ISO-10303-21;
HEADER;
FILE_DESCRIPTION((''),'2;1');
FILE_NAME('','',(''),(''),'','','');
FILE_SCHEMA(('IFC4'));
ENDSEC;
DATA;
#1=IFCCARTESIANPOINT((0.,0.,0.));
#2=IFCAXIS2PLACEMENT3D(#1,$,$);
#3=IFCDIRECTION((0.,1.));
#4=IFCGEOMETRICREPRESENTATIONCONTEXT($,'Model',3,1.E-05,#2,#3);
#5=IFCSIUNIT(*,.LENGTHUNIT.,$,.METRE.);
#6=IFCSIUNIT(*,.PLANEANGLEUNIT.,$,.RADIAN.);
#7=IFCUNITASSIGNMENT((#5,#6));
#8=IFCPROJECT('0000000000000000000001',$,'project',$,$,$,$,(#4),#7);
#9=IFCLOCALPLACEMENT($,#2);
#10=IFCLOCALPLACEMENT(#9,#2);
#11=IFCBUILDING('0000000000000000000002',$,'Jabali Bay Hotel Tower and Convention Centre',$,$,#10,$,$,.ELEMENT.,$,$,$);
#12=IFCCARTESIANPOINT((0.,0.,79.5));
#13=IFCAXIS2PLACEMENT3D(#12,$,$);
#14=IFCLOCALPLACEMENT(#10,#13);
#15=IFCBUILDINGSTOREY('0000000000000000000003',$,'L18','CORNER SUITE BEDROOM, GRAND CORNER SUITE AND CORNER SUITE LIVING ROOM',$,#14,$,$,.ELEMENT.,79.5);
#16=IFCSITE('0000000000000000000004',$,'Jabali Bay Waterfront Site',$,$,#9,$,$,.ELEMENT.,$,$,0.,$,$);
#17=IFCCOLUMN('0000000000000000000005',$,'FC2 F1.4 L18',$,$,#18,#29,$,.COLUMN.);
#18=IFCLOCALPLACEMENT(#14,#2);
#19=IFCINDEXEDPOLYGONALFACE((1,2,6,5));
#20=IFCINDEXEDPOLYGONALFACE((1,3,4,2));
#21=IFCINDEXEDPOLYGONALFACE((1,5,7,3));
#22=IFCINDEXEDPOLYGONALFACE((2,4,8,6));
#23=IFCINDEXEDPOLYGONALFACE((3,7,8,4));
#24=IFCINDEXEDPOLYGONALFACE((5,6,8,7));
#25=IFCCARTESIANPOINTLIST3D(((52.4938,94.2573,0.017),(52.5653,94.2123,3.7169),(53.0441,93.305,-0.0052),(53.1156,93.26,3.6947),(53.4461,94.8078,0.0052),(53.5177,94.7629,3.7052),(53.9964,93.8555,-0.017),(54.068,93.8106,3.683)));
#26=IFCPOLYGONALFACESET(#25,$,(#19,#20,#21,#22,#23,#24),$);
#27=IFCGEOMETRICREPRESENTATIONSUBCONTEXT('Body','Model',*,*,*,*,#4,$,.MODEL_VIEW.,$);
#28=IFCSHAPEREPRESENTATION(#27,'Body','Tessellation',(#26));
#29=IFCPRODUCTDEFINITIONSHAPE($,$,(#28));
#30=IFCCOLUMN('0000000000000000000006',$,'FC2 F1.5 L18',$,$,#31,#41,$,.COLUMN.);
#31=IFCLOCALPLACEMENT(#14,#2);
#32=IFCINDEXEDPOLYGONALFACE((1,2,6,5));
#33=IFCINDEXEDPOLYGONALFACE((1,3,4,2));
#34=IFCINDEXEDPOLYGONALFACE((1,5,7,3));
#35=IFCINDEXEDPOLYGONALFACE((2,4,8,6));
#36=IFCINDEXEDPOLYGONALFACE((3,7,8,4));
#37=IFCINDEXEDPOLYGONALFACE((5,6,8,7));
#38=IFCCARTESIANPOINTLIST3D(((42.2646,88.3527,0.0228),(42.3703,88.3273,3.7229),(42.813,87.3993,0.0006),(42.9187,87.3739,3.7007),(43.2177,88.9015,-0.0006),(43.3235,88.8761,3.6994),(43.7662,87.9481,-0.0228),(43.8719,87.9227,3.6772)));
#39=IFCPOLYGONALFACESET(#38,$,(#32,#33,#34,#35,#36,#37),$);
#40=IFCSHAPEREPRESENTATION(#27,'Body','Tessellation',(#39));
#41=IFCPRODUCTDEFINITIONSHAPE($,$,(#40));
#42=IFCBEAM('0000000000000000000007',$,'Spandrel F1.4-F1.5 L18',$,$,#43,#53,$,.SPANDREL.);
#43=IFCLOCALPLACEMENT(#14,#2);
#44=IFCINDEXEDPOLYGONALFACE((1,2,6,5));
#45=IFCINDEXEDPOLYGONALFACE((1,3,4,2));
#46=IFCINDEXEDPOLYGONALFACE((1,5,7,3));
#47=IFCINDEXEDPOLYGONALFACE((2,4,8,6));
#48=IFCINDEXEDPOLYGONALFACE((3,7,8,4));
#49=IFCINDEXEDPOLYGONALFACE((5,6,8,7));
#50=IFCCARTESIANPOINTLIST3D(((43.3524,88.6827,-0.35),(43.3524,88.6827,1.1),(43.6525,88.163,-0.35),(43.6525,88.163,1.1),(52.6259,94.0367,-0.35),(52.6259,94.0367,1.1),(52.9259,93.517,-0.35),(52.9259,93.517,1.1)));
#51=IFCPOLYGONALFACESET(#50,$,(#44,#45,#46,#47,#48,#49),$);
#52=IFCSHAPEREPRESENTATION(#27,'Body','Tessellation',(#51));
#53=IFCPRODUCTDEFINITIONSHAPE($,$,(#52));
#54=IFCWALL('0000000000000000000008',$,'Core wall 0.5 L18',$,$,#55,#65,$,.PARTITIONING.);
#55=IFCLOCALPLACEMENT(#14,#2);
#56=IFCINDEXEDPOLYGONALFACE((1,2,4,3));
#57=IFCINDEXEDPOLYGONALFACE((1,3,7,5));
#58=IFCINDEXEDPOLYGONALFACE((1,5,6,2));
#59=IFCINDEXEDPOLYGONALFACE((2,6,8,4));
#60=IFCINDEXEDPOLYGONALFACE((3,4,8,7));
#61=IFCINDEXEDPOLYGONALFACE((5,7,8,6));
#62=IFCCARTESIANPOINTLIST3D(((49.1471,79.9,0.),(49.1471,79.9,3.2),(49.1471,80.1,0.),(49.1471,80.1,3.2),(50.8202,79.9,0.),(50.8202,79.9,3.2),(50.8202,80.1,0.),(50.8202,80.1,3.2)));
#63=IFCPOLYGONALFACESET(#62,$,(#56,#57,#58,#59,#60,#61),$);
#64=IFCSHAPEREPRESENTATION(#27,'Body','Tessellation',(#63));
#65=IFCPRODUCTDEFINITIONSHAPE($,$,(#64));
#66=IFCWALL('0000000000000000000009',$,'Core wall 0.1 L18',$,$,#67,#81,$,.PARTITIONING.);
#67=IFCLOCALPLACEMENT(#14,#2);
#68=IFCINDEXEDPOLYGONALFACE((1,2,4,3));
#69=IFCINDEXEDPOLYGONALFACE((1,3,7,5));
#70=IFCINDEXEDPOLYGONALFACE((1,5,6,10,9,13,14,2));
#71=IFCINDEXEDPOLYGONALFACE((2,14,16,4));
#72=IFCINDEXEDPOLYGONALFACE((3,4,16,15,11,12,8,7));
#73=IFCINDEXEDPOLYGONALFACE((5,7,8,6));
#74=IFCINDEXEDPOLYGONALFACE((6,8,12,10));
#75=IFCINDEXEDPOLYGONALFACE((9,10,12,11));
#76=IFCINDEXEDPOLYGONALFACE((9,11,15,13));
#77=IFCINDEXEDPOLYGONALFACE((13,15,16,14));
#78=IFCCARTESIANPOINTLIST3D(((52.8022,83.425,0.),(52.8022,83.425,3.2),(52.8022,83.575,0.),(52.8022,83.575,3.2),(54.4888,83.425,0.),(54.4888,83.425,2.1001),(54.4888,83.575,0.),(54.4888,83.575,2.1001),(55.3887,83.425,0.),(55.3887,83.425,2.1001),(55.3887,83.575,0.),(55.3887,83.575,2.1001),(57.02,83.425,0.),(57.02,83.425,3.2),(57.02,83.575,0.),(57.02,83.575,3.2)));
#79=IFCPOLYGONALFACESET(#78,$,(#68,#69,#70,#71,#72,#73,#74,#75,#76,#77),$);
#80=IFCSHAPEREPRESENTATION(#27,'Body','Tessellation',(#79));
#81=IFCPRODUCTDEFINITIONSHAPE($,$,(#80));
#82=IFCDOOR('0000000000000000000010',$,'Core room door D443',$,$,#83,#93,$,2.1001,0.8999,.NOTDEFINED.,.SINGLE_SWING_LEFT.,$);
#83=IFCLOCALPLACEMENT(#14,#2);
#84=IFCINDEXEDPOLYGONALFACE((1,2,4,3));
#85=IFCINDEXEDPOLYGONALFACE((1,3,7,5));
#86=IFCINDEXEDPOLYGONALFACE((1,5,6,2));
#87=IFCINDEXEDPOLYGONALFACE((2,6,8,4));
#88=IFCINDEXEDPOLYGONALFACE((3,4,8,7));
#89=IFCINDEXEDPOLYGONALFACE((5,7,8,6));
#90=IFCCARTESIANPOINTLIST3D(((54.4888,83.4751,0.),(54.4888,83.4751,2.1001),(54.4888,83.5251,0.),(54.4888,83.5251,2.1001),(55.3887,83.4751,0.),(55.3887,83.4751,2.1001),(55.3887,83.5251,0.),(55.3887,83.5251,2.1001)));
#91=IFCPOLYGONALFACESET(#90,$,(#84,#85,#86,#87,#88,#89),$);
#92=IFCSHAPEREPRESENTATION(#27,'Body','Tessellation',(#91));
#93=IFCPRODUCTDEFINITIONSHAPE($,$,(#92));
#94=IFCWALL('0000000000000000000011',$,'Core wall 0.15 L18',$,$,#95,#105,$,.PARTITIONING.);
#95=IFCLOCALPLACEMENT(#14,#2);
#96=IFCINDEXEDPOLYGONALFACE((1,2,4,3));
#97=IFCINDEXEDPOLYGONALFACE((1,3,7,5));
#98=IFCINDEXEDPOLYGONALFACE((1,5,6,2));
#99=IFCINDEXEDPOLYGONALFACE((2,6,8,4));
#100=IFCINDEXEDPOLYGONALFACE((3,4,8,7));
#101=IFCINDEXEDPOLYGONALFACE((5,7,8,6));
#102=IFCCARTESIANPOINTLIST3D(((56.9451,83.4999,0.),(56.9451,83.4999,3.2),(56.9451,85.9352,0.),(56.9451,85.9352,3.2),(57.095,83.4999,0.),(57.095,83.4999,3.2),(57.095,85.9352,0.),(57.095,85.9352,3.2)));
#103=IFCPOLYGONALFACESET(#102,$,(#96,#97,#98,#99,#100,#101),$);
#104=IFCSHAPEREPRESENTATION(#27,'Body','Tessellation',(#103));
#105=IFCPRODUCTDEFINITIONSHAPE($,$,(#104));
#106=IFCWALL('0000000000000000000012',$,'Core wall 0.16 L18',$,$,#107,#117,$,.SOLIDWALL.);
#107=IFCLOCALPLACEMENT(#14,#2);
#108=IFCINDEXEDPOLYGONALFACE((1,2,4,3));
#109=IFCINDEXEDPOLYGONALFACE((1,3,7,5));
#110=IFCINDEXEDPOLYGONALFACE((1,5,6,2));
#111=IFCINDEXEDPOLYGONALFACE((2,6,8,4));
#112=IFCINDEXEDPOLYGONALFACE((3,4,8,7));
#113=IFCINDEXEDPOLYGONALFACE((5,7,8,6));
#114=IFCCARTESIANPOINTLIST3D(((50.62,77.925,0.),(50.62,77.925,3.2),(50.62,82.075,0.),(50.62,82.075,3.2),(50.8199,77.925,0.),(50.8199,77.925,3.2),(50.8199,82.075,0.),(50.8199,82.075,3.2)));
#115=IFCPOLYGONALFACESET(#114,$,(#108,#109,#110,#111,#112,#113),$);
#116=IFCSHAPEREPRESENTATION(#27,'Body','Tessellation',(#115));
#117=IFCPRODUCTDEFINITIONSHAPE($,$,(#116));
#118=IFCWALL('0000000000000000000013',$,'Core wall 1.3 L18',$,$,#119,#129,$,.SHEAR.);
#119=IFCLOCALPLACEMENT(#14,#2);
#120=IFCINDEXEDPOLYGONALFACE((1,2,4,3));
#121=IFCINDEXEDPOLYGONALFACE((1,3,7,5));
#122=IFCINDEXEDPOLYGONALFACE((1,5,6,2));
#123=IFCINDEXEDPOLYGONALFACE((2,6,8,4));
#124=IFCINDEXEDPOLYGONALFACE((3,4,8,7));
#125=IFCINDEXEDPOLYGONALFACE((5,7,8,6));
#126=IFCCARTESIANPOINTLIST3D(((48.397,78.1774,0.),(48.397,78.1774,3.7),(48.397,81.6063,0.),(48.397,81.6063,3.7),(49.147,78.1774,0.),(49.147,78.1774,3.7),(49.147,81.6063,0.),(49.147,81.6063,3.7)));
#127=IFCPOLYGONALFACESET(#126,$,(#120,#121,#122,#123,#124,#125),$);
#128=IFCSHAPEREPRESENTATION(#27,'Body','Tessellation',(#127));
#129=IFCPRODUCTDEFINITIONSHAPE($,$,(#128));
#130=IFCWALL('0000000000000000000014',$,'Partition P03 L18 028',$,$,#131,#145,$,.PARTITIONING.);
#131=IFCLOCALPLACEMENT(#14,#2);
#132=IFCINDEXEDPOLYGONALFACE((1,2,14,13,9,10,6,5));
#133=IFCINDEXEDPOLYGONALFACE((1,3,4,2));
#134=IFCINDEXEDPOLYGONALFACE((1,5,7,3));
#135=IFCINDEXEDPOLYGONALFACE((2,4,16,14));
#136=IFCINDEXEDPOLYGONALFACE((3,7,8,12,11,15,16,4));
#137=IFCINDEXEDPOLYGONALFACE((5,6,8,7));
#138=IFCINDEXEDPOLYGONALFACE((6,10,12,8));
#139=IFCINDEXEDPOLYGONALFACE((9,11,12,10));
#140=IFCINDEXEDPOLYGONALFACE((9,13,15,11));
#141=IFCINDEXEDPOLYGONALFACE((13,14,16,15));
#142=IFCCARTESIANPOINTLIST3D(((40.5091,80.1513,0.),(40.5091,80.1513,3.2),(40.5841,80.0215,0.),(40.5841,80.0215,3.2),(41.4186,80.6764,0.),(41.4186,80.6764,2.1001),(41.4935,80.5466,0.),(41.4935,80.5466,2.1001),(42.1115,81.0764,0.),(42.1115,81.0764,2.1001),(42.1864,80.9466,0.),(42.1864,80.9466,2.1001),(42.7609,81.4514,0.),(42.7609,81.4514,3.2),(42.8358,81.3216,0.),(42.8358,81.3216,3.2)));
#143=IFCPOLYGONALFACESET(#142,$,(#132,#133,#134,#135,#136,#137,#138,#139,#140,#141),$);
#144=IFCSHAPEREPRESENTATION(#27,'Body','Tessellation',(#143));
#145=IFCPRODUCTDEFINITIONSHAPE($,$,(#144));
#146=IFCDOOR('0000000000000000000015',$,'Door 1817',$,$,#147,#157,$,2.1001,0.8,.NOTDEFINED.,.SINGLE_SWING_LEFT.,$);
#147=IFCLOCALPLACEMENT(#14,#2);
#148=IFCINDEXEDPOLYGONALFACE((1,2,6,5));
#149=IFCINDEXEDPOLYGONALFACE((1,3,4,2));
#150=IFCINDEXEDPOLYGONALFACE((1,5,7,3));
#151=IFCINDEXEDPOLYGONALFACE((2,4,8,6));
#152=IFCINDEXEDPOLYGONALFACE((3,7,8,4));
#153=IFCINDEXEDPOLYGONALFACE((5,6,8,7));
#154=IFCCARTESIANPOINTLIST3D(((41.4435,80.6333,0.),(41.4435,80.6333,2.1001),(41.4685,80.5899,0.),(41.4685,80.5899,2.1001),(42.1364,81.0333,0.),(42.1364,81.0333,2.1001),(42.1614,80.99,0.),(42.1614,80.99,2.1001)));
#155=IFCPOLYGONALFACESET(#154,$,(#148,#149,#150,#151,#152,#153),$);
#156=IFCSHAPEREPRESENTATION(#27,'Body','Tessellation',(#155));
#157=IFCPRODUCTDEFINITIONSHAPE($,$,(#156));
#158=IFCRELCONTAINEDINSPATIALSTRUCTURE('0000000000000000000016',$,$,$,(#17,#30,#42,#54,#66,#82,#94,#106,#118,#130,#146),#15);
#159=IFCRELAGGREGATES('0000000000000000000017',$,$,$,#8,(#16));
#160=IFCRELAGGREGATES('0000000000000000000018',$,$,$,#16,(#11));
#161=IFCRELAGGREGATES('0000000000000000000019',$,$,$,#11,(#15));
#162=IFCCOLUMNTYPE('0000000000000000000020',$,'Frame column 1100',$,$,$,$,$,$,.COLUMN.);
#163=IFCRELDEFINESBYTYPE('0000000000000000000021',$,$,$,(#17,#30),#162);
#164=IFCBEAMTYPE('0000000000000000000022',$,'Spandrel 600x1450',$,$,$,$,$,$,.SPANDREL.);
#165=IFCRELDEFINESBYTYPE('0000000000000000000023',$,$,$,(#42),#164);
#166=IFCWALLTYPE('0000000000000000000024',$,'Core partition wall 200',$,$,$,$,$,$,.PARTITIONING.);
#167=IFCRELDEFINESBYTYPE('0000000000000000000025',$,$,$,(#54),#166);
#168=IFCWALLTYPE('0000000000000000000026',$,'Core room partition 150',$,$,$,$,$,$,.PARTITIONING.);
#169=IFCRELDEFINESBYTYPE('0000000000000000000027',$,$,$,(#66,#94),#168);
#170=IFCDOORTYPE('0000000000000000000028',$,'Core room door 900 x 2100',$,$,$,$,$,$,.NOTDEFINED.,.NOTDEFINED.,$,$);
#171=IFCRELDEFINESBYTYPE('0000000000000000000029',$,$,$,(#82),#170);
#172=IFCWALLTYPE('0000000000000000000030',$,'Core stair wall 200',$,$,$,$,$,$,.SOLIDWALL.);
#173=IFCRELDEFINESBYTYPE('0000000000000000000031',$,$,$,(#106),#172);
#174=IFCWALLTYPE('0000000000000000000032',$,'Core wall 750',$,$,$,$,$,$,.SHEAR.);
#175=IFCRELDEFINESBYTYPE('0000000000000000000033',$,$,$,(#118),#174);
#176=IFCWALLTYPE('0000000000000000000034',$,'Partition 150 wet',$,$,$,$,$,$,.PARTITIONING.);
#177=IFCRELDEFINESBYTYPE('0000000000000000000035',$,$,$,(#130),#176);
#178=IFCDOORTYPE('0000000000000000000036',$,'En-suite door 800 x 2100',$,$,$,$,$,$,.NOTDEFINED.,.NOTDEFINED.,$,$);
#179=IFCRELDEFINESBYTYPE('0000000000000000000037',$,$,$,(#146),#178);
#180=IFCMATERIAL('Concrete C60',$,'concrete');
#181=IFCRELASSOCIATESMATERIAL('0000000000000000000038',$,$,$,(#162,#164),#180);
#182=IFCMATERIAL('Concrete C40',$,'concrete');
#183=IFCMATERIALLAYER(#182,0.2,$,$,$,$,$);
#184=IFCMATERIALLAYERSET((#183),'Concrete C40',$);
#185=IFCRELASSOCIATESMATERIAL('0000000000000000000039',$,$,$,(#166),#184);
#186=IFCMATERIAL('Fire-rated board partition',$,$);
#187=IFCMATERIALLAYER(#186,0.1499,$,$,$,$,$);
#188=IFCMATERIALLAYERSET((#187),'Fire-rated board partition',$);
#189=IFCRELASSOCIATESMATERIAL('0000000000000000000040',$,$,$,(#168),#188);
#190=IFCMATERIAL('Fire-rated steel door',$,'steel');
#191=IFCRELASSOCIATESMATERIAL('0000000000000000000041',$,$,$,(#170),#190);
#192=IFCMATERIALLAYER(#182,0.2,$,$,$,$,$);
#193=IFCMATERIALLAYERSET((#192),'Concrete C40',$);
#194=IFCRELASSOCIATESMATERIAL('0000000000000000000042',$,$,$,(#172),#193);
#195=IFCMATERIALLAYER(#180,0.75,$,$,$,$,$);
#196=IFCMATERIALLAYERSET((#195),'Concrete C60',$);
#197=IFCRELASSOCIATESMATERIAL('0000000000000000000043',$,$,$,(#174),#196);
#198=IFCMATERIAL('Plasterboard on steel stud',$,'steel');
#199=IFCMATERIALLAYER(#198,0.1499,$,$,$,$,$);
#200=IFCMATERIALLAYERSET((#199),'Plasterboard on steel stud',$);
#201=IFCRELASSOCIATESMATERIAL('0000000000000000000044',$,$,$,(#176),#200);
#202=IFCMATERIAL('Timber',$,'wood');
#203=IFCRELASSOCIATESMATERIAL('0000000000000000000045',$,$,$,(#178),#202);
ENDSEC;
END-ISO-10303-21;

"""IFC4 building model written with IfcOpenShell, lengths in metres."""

from ifc_helpers import new_model, si_unit, direction, frame, frame_2d, origin, origin_2d, place, context, subcontext, project, spatial, rectangle, extrude, material, layer, layer_set, material_profile, profile_set, type_object, element, fill, save


model = new_model("IFC4")

# Units and contexts
model_context = context("Model", 3, precision=1e-05, world=origin(), true_north=direction((0.0, 1.0)))
body_context = subcontext(model_context, "Body", "Model", "MODEL_VIEW")
ifc_project = project(units=[si_unit("LENGTHUNIT", "METRE"), si_unit("PLANEANGLEUNIT", "RADIAN")], contexts=[model_context])

# Site, building, storey
site_placement = place(None, origin())
site = spatial("IfcSite", under=ifc_project, at=site_placement, Name="Jabali Bay Waterfront Site", CompositionType="ELEMENT", RefElevation=0.0)
building_placement = place(site_placement, origin())
building = spatial("IfcBuilding", under=site, at=building_placement, Name="Jabali Bay Hotel Tower and Convention Centre", CompositionType="ELEMENT")
storey_placement = place(building_placement, frame((0.0, 0.0, 79.5)))
storey = spatial("IfcBuildingStorey", under=building, at=storey_placement, Name="L18", Description="CORNER SUITE BEDROOM, GRAND CORNER SUITE AND CORNER SUITE LIVING ROOM", CompositionType="ELEMENT", Elevation=79.5)

# Columns
ifc_material_1 = material(Name="Concrete C60", Category="concrete")
ifc_material_profile_1 = material_profile(ifc_material_1, rectangle(XDim=1.1001, YDim=1.1001, at=origin_2d()), Name="Frame column 1100")
ifc_profile_set_1 = profile_set([ifc_material_profile_1], Name="Concrete C60")
column_type = type_object("IfcColumnType", Name="Frame column 1100", PredefinedType="COLUMN", material=ifc_profile_set_1)
column_1_placement = place(storey_placement, frame((53.2451, 94.0564, 0.0), z_axis=(0.019329, -0.012138, 0.99974), x_axis=(-0.500214, 0.865666, 0.020181)))
element("IfcColumn", 1, at=column_1_placement, inside=storey, type_object=column_type, Name="FC2 F1.4 L18", PredefinedType="COLUMN", context=body_context, shape_type="SweptSolid", body=[
    extrude(rectangle(XDim=1.1001, YDim=1.1001, at=origin_2d()), origin(), (0.0, 0.0, 1.0), 3.7009),
])
column_2_placement = place(storey_placement, frame((43.0154, 88.1504, 0.0), z_axis=(0.028559, -0.006859, 0.999569), x_axis=(-0.498507, 0.86665, 0.02019)))
element("IfcColumn", 2, at=column_2_placement, inside=storey, type_object=column_type, Name="FC2 F1.5 L18", PredefinedType="COLUMN", context=body_context, shape_type="SweptSolid", body=[
    extrude(rectangle(XDim=1.1001, YDim=1.1001, at=origin_2d()), origin(), (0.0, 0.0, 1.0), 3.7017),
])

# Beam
ifc_material_profile_2 = material_profile(ifc_material_1, rectangle(XDim=0.6001, YDim=1.45, at=origin_2d()), Name="Spandrel 600x1450")
ifc_profile_set_2 = profile_set([ifc_material_profile_2], Name="Concrete C60")
beam_type = type_object("IfcBeamType", Name="Spandrel 600x1450", PredefinedType="SPANDREL", material=ifc_profile_set_2)
beam_placement = place(storey_placement, frame((52.7759, 93.7769, 0.375), z_axis=(-0.866026, -0.499999, 0.0), x_axis=(0.499999, -0.866026, 0.0)))
element("IfcBeam", 3, at=beam_placement, inside=storey, type_object=beam_type, Name="Spandrel F1.4-F1.5 L18", PredefinedType="SPANDREL", context=body_context, shape_type="SweptSolid", body=[
    extrude(rectangle(XDim=0.6001, YDim=1.45, at=origin_2d()), origin(), (0.0, 0.0, 1.0), 10.708),
])

# Wall
ifc_material_2 = material(Name="Concrete C40", Category="concrete")
ifc_layer_1 = layer(ifc_material_2, 0.2)
ifc_layer_set_1 = layer_set([ifc_layer_1], Name="Concrete C40")
wall_type_1 = type_object("IfcWallType", Name="Core partition wall 200", PredefinedType="PARTITIONING", material=ifc_layer_set_1)
wall_1_placement = place(storey_placement, frame((50.8201, 80.0, 0.0), z_axis=(0.0, 0.0, 1.0), x_axis=(-1.0, 0.0, 0.0)))
element("IfcWall", 4, at=wall_1_placement, inside=storey, type_object=wall_type_1, Name="Core wall 0.5 L18", PredefinedType="PARTITIONING", context=body_context, shape_type="SweptSolid", body=[
    extrude(rectangle(XDim=1.6731, YDim=0.2, at=frame_2d((0.8364, 0.0))), origin(), (0.0, 0.0, 1.0), 3.2),
])

# Wall, opening, door
ifc_material_3 = material(Name="Fire-rated board partition")
ifc_layer_2 = layer(ifc_material_3, 0.1499)
ifc_layer_set_2 = layer_set([ifc_layer_2], Name="Fire-rated board partition")
wall_type_2 = type_object("IfcWallType", Name="Core room partition 150", PredefinedType="PARTITIONING", material=ifc_layer_set_2)
wall_2_placement = place(storey_placement, frame((57.02, 83.5, 0.0), z_axis=(0.0, 0.0, 1.0), x_axis=(-1.0, 0.0, 0.0)))
wall_2 = element("IfcWall", 5, at=wall_2_placement, inside=storey, type_object=wall_type_2, Name="Core wall 0.1 L18", PredefinedType="PARTITIONING", context=body_context, shape_type="SweptSolid", body=[
    extrude(rectangle(XDim=4.2178, YDim=0.1499, at=frame_2d((2.1089, 0.0))), origin(), (0.0, 0.0, 1.0), 3.2),
])
opening_1_placement = place(wall_2_placement, frame((1.6313, 0.0, 0.0)))
opening_1 = element("IfcOpeningElement", 6, at=opening_1_placement, cuts=wall_2, PredefinedType="OPENING", context=body_context, shape_type="SweptSolid", body=[
    extrude(rectangle(XDim=0.8999, YDim=2.1001, at=frame_2d((0.45, 1.05))), frame((0.0, 0.0854, 0.0), z_axis=(0.0, -1.0, 0.0), x_axis=(1.0, 0.0, 0.0)), (0.0, 0.0, 1.0), 0.1709),
])
ifc_material_4 = material(Name="Fire-rated steel door", Category="steel")
door_type_1 = type_object("IfcDoorType", Name="Core room door 900 x 2100", OperationType="NOTDEFINED", PredefinedType="NOTDEFINED", material=ifc_material_4)
door_1_placement = place(opening_1_placement, origin())
door_1 = element("IfcDoor", 7, at=door_1_placement, inside=storey, type_object=door_type_1, Name="Core room door D443", OperationType="SINGLE_SWING_LEFT", OverallHeight=2.1001, OverallWidth=0.8999, PredefinedType="NOTDEFINED", context=body_context, shape_type="SweptSolid", body=[
    extrude(rectangle(XDim=0.8999, YDim=2.1001, at=frame_2d((0.45, 1.05))), frame((0.0, 0.0249, 0.0), z_axis=(0.0, -1.0, 0.0), x_axis=(1.0, 0.0, 0.0)), (0.0, 0.0, 1.0), 0.05),
])
fill(opening_1, door_1)

# Walls
wall_3_placement = place(storey_placement, frame((57.02, 85.9353, 0.0), z_axis=(0.0, 0.0, 1.0), x_axis=(0.0, -1.0, 0.0)))
element("IfcWall", 8, at=wall_3_placement, inside=storey, type_object=wall_type_2, Name="Core wall 0.15 L18", PredefinedType="PARTITIONING", context=body_context, shape_type="SweptSolid", body=[
    extrude(rectangle(XDim=2.4353, YDim=0.1499, at=frame_2d((1.2178, 0.0))), origin(), (0.0, 0.0, 1.0), 3.2),
])
ifc_layer_3 = layer(ifc_material_2, 0.2)
ifc_layer_set_3 = layer_set([ifc_layer_3], Name="Concrete C40")
wall_type_3 = type_object("IfcWallType", Name="Core stair wall 200", PredefinedType="SOLIDWALL", material=ifc_layer_set_3)
wall_4_placement = place(storey_placement, frame((50.72, 82.075, 0.0), z_axis=(0.0, 0.0, 1.0), x_axis=(0.0, -1.0, 0.0)))
element("IfcWall", 9, at=wall_4_placement, inside=storey, type_object=wall_type_3, Name="Core wall 0.16 L18", PredefinedType="SOLIDWALL", context=body_context, shape_type="SweptSolid", body=[
    extrude(rectangle(XDim=4.1499, YDim=0.2, at=frame_2d((2.075, 0.0))), origin(), (0.0, 0.0, 1.0), 3.2),
])
ifc_layer_4 = layer(ifc_material_1, 0.75)
ifc_layer_set_4 = layer_set([ifc_layer_4], Name="Concrete C60")
wall_type_4 = type_object("IfcWallType", Name="Core wall 750", PredefinedType="SHEAR", material=ifc_layer_set_4)
wall_5_placement = place(storey_placement, frame((48.772, 81.6062, 0.0), z_axis=(0.0, 0.0, 1.0), x_axis=(0.0, -1.0, 0.0)))
element("IfcWall", 10, at=wall_5_placement, inside=storey, type_object=wall_type_4, Name="Core wall 1.3 L18", PredefinedType="SHEAR", context=body_context, shape_type="SweptSolid", body=[
    extrude(rectangle(XDim=3.429, YDim=0.75, at=frame_2d((1.7144, 0.0))), origin(), (0.0, 0.0, 1.0), 3.7),
])

# Wall, opening, door
ifc_material_5 = material(Name="Plasterboard on steel stud", Category="steel")
ifc_layer_5 = layer(ifc_material_5, 0.1499)
ifc_layer_set_5 = layer_set([ifc_layer_5], Name="Plasterboard on steel stud")
wall_type_5 = type_object("IfcWallType", Name="Partition 150 wet", PredefinedType="PARTITIONING", material=ifc_layer_set_5)
wall_6_placement = place(storey_placement, frame((42.7983, 81.3865, 0.0), z_axis=(0.0, 0.0, 1.0), x_axis=(-0.866021, -0.500007, 0.0)))
wall_6 = element("IfcWall", 11, at=wall_6_placement, inside=storey, type_object=wall_type_5, Name="Partition P03 L18 028", PredefinedType="PARTITIONING", context=body_context, shape_type="SweptSolid", body=[
    extrude(rectangle(XDim=2.6001, YDim=0.1499, at=frame_2d((1.3, 0.0))), origin(), (0.0, 0.0, 1.0), 3.2),
])
opening_2_placement = place(wall_6_placement, frame((0.75, 0.0, 0.0)))
opening_2 = element("IfcOpeningElement", 12, at=opening_2_placement, cuts=wall_6, PredefinedType="OPENING", context=body_context, shape_type="SweptSolid", body=[
    extrude(rectangle(XDim=0.8, YDim=2.1001, at=frame_2d((0.3999, 1.05))), frame((0.0, 0.0854, 0.0), z_axis=(0.0, -1.0, 0.0), x_axis=(1.0, 0.0, 0.0)), (0.0, 0.0, 1.0), 0.1709),
])
ifc_material_6 = material(Name="Timber", Category="wood")
door_type_2 = type_object("IfcDoorType", Name="En-suite door 800 x 2100", OperationType="NOTDEFINED", PredefinedType="NOTDEFINED", material=ifc_material_6)
door_2_placement = place(opening_2_placement, origin())
door_2 = element("IfcDoor", 13, at=door_2_placement, inside=storey, type_object=door_type_2, Name="Door 1817", OperationType="SINGLE_SWING_LEFT", OverallHeight=2.1001, OverallWidth=0.8, PredefinedType="NOTDEFINED", context=body_context, shape_type="SweptSolid", body=[
    extrude(rectangle(XDim=0.8, YDim=2.1001, at=frame_2d((0.3999, 1.05))), frame((0.0, 0.0249, 0.0), z_axis=(0.0, -1.0, 0.0), x_axis=(1.0, 0.0, 0.0)), (0.0, 0.0, 1.0), 0.05),
])
fill(opening_2, door_2)

save(model, "model.ifc")
